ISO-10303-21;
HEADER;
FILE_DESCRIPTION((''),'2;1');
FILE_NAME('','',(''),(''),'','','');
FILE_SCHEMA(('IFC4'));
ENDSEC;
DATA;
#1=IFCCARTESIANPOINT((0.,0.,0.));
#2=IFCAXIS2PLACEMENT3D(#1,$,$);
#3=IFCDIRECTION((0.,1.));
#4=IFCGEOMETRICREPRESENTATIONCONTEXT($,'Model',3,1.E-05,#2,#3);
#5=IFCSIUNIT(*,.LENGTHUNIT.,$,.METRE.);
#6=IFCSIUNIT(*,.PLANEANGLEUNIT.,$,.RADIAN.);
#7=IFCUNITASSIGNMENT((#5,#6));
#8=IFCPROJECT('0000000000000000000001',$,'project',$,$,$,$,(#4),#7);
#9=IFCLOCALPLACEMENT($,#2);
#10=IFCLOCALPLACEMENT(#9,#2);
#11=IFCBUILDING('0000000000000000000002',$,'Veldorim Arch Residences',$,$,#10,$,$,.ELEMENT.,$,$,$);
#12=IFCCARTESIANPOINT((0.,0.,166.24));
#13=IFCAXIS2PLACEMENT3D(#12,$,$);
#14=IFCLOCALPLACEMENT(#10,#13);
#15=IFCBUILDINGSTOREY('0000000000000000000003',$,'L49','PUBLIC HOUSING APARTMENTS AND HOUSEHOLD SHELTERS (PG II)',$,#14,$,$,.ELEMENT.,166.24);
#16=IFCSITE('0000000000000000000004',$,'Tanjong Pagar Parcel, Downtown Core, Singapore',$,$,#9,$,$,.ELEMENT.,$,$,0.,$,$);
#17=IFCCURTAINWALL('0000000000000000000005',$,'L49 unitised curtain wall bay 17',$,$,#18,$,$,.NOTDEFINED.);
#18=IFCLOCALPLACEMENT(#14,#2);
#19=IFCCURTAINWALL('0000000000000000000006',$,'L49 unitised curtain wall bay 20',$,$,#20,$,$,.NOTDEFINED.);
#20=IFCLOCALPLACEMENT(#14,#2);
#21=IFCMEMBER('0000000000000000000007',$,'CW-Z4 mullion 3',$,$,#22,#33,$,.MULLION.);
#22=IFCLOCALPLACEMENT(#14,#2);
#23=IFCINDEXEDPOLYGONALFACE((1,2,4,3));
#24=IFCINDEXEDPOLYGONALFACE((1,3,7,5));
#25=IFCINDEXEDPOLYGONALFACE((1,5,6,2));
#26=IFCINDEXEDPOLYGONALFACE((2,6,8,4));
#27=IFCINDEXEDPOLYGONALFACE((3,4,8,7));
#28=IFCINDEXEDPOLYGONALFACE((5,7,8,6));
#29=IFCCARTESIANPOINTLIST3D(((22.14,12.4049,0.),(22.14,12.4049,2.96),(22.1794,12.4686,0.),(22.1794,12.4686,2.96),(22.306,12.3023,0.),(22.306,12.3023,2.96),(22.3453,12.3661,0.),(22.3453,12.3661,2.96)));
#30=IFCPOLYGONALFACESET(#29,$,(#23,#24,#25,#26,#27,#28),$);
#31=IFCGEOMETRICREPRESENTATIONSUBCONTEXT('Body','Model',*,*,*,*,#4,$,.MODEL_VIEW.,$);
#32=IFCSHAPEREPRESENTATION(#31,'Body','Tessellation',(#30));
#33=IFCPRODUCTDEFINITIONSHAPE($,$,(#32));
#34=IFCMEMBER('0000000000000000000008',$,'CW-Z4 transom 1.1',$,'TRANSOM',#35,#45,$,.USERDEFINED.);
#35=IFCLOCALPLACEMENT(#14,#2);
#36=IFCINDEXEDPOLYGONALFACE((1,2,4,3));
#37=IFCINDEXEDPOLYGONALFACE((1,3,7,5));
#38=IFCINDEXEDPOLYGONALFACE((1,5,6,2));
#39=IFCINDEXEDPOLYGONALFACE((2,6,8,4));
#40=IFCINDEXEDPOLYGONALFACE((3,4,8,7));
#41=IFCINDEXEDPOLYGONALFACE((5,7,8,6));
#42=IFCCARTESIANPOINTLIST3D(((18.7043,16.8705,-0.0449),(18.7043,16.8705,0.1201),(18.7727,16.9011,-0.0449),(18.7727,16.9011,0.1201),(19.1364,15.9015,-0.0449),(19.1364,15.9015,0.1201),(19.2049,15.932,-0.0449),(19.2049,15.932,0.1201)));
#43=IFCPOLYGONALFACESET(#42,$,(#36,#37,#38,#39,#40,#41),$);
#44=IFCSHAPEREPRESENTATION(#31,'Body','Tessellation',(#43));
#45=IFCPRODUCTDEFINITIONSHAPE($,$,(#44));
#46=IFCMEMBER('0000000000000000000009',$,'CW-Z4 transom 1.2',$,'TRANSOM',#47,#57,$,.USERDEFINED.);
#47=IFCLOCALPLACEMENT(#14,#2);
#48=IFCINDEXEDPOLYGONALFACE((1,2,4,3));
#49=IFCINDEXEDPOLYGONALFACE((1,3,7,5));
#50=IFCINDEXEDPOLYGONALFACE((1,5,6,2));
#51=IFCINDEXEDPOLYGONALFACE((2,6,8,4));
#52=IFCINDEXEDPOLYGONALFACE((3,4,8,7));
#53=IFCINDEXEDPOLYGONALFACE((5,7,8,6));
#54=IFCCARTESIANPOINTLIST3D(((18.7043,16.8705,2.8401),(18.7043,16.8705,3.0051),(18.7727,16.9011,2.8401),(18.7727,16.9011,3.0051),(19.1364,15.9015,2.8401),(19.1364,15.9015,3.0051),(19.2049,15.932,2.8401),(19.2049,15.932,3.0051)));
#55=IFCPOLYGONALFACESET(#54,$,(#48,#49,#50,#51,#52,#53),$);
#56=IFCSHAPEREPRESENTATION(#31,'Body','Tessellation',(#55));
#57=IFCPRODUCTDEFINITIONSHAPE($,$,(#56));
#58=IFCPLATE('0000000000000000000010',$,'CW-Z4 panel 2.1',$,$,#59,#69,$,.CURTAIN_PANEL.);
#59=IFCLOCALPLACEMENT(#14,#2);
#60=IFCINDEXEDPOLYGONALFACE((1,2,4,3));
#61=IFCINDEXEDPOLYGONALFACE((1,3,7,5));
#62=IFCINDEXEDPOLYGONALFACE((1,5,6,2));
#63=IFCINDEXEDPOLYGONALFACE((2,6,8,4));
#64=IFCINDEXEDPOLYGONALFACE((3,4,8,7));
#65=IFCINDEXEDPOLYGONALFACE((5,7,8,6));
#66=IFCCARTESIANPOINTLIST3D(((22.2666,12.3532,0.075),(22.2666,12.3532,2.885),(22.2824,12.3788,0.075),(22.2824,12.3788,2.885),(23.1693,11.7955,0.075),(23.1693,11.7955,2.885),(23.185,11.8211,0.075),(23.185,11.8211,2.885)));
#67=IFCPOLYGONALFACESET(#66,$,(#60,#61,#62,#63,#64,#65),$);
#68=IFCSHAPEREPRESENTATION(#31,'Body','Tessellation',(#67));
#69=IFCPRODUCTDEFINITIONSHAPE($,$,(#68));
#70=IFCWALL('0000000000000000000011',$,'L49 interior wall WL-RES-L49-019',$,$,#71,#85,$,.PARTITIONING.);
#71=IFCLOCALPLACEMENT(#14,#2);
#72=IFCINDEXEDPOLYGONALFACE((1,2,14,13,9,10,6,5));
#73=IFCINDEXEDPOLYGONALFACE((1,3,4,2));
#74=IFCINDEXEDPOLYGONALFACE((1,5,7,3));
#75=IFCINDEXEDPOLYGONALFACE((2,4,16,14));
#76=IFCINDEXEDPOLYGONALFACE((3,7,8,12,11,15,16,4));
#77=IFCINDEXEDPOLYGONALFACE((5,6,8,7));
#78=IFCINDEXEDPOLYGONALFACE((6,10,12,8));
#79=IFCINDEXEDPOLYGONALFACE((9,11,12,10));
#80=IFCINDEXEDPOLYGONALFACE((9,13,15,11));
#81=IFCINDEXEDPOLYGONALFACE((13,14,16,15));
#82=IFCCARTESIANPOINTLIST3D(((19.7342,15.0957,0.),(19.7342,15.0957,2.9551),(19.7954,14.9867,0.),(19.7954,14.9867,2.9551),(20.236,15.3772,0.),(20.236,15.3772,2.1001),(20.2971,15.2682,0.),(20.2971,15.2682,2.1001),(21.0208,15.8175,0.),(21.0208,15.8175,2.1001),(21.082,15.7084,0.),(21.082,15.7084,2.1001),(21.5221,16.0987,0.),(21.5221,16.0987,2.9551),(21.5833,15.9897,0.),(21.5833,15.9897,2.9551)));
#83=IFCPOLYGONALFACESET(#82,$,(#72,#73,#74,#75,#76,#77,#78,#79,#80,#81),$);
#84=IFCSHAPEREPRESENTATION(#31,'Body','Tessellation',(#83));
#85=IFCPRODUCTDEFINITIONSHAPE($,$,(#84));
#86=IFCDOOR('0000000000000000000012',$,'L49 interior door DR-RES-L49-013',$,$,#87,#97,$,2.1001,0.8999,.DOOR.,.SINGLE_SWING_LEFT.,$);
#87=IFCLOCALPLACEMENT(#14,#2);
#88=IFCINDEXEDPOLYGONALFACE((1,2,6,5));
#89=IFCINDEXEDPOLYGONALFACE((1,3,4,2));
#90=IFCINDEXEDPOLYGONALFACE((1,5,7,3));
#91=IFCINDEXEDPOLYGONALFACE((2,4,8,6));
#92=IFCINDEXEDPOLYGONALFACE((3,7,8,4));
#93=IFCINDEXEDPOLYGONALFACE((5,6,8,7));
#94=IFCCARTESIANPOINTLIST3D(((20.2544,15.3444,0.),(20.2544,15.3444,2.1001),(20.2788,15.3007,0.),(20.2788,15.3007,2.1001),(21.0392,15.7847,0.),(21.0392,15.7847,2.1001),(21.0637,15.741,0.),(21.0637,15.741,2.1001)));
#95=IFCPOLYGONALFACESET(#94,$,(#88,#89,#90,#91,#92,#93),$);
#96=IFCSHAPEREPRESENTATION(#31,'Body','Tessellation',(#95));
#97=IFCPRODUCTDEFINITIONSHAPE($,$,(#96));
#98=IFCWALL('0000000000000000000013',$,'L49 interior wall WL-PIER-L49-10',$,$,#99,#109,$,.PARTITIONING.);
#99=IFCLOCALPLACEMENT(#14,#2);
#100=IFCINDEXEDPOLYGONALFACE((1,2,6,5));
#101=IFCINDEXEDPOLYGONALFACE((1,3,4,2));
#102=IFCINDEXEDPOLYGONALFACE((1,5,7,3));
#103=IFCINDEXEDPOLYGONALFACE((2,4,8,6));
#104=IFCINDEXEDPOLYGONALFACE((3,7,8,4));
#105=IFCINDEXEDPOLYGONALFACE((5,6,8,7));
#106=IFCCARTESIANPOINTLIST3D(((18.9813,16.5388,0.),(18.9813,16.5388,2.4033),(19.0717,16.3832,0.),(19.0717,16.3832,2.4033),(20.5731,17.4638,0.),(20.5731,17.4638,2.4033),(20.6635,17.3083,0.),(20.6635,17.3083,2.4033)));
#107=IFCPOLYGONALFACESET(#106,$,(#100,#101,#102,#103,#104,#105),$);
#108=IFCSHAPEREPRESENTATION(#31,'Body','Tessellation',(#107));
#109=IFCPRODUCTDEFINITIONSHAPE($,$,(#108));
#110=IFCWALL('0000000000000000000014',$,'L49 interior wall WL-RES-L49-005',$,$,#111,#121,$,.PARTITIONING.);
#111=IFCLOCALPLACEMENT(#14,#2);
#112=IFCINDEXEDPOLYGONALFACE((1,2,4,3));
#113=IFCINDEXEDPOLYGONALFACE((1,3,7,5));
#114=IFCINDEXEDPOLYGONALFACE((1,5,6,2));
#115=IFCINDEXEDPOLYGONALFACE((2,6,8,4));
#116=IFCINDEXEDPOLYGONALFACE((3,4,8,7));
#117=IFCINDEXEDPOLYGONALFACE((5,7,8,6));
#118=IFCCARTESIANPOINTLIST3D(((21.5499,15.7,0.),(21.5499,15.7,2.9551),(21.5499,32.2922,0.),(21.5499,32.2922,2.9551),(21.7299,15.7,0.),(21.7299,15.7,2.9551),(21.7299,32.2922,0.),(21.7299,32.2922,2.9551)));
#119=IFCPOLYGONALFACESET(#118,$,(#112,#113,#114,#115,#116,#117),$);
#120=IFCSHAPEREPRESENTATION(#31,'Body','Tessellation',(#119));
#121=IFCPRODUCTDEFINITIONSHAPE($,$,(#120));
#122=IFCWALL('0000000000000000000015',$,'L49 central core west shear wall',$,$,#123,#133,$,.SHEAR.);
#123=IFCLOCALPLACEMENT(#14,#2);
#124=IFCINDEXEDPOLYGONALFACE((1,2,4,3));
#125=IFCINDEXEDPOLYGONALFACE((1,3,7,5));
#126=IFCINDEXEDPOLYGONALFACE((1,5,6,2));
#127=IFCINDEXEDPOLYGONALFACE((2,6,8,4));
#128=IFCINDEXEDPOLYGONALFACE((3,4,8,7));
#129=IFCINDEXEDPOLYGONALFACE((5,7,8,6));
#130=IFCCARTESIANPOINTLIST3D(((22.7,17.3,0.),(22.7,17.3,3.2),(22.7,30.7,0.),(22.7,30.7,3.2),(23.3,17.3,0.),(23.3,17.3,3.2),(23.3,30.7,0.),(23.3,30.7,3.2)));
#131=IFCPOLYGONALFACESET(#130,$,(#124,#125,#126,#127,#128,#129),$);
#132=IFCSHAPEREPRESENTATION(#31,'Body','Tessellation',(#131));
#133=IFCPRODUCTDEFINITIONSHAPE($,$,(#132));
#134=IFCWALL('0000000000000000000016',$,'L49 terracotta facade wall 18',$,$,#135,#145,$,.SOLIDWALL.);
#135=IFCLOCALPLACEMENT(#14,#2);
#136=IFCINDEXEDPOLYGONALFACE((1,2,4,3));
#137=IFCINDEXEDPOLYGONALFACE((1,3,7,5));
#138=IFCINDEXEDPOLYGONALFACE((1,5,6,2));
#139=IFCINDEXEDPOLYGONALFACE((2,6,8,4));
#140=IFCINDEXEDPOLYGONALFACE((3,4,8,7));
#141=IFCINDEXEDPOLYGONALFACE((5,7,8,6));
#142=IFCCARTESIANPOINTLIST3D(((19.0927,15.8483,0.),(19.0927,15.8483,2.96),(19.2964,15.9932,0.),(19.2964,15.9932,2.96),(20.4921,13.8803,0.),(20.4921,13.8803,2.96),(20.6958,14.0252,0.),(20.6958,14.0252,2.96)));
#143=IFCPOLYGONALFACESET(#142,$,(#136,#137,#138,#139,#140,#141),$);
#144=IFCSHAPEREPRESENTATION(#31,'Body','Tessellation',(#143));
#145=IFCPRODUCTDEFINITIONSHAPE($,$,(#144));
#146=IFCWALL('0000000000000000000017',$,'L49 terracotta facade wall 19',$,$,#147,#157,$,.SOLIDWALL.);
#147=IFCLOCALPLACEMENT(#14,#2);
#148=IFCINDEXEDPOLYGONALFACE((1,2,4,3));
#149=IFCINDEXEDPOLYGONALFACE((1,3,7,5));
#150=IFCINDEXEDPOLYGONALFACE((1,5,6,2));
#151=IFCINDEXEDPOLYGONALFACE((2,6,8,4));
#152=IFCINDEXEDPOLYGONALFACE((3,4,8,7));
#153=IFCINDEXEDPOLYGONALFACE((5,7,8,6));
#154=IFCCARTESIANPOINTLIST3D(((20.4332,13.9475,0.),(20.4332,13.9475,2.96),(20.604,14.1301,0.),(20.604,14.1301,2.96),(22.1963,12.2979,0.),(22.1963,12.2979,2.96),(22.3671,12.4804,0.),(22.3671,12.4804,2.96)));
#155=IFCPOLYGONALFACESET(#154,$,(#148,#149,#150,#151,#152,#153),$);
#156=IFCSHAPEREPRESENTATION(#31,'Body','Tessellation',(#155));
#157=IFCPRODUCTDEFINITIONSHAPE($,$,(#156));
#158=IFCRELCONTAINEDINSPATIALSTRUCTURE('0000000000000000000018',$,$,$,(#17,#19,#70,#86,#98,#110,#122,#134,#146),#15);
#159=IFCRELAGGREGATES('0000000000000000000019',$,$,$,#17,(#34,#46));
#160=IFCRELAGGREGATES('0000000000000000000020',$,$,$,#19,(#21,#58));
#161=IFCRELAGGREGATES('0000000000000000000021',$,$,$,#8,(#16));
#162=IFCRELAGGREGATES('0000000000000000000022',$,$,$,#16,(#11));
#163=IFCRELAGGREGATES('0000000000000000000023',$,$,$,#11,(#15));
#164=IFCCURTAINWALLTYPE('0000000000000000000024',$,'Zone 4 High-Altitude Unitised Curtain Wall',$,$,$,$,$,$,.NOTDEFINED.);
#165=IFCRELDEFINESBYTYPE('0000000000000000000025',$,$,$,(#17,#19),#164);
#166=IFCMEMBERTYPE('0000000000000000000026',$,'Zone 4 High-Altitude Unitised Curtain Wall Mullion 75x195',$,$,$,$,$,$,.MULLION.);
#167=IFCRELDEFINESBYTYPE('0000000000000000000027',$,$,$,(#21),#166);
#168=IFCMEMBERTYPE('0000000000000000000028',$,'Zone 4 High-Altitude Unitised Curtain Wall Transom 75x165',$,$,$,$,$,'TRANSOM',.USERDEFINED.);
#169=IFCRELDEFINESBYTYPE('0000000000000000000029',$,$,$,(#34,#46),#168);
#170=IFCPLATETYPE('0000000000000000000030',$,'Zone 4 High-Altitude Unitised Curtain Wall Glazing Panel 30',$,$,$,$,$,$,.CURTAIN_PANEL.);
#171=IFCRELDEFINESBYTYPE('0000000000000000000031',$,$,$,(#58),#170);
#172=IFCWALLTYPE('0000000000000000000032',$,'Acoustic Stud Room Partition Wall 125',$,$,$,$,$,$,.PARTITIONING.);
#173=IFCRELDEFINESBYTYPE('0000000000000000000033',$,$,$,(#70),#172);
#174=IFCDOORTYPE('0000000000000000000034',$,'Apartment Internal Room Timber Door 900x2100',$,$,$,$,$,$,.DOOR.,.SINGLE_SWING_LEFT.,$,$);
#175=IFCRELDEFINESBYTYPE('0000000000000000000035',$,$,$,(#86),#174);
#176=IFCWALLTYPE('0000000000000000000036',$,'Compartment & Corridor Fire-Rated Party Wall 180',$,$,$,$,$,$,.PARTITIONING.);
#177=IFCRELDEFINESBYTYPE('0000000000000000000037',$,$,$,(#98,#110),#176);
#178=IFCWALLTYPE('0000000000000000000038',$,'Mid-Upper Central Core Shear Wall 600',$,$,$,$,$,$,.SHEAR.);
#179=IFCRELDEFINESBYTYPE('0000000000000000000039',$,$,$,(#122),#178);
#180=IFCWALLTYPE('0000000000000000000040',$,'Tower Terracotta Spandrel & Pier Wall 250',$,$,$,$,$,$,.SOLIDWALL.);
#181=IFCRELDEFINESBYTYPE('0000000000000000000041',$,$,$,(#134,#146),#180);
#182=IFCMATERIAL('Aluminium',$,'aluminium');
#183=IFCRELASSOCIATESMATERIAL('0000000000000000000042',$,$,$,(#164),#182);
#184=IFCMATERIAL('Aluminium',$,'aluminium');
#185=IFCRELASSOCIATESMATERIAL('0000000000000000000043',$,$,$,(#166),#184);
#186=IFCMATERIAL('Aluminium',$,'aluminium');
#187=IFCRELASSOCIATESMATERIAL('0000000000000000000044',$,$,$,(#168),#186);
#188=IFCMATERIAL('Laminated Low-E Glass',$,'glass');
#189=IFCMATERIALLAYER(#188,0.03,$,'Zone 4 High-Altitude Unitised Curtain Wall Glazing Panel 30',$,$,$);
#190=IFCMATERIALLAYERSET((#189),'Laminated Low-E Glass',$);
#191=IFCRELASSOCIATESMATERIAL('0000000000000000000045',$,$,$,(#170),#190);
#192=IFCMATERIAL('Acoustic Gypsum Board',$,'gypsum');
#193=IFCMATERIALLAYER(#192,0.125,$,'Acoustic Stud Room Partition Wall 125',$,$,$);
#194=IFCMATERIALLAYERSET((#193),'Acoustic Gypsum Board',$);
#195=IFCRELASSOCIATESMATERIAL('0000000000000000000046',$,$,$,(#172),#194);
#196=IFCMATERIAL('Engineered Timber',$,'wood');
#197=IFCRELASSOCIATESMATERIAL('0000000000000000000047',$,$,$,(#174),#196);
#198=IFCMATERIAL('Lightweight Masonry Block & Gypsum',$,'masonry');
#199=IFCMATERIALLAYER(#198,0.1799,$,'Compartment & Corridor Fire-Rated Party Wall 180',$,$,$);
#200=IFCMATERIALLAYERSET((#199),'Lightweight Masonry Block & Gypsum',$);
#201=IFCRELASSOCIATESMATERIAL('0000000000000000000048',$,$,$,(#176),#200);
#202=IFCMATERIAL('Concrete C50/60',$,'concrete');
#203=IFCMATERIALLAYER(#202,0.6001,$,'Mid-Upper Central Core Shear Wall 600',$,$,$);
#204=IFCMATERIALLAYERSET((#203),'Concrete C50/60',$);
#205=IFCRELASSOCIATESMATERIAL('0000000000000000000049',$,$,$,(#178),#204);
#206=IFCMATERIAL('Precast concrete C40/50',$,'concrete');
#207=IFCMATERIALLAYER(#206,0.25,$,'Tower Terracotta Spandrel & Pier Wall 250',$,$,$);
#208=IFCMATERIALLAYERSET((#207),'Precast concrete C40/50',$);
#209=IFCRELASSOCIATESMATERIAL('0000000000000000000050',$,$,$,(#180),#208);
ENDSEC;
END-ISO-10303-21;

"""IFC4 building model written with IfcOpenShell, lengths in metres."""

from ifc_helpers import new_model, si_unit, direction, frame, frame_2d, origin, origin_2d, place, context, subcontext, project, spatial, rectangle, extrude, material, layer, layer_set, material_profile, profile_set, type_object, element, fill, aggregate, save


model = new_model("IFC4")

# Units and contexts
model_context = context("Model", 3, precision=1e-05, world=origin(), true_north=direction((0.0, 1.0)))
body_context = subcontext(model_context, "Body", "Model", "MODEL_VIEW")
ifc_project = project(units=[si_unit("LENGTHUNIT", "METRE"), si_unit("PLANEANGLEUNIT", "RADIAN")], contexts=[model_context])

# Site, building, storey
site_placement = place(None, origin())
site = spatial("IfcSite", under=ifc_project, at=site_placement, Name="Tanjong Pagar Parcel, Downtown Core, Singapore", CompositionType="ELEMENT", RefElevation=0.0)
building_placement = place(site_placement, origin())
building = spatial("IfcBuilding", under=site, at=building_placement, Name="Veldorim Arch Residences", CompositionType="ELEMENT")
storey_placement = place(building_placement, frame((0.0, 0.0, 166.24)))
storey = spatial("IfcBuildingStorey", under=building, at=storey_placement, Name="L49", Description="PUBLIC HOUSING APARTMENTS AND HOUSEHOLD SHELTERS (PG II)", CompositionType="ELEMENT", Elevation=166.24)

# Curtain walls, member
ifc_material_1 = material(Name="Aluminium", Category="aluminium")
curtain_wall_type = type_object("IfcCurtainWallType", Name="Zone 4 High-Altitude Unitised Curtain Wall", PredefinedType="NOTDEFINED", material=ifc_material_1)
curtain_wall_1_placement = place(storey_placement, origin())
curtain_wall_1 = element("IfcCurtainWall", 1, at=curtain_wall_1_placement, inside=storey, type_object=curtain_wall_type, Name="L49 unitised curtain wall bay 17", PredefinedType="NOTDEFINED")
ifc_material_2 = material(Name="Aluminium", Category="aluminium")
ifc_material_profile_1 = material_profile(ifc_material_2, rectangle(XDim=0.075, YDim=0.1951, at=origin_2d()), Name="ALU_MUL_75x195")
ifc_profile_set_1 = profile_set([ifc_material_profile_1], Name="Aluminium")
member_type_1 = type_object("IfcMemberType", Name="Zone 4 High-Altitude Unitised Curtain Wall Mullion 75x195", PredefinedType="MULLION", material=ifc_profile_set_1)
curtain_wall_2_placement = place(storey_placement, origin())
curtain_wall_2 = element("IfcCurtainWall", 2, at=curtain_wall_2_placement, inside=storey, type_object=curtain_wall_type, Name="L49 unitised curtain wall bay 20", PredefinedType="NOTDEFINED")
member_1_placement = place(storey_placement, frame((22.2427, 12.3855, 0.0), z_axis=(0.0, 0.0, 1.0), x_axis=(-0.525637, -0.850709, 0.0)))
member_1 = element("IfcMember", 3, at=member_1_placement, type_object=member_type_1, Name="CW-Z4 mullion 3", PredefinedType="MULLION", context=body_context, shape_type="SweptSolid", body=[
    extrude(rectangle(XDim=0.075, YDim=0.1951, at=origin_2d()), origin(), (0.0, 0.0, 1.0), 2.96),
])

# Members
ifc_material_3 = material(Name="Aluminium", Category="aluminium")
ifc_material_profile_2 = material_profile(ifc_material_3, rectangle(XDim=0.075, YDim=0.165, at=origin_2d()), Name="ALU_TRN_75x165")
ifc_profile_set_2 = profile_set([ifc_material_profile_2], Name="Aluminium")
member_type_2 = type_object("IfcMemberType", Name="Zone 4 High-Altitude Unitised Curtain Wall Transom 75x165", ElementType="TRANSOM", PredefinedType="USERDEFINED", material=ifc_profile_set_2)
member_2_placement = place(storey_placement, frame((19.1707, 15.9167, 0.0376), z_axis=(-0.407291, 0.913298, 0.0), x_axis=(-0.913298, -0.407291, 0.0)))
member_2 = element("IfcMember", 4, at=member_2_placement, type_object=member_type_2, Name="CW-Z4 transom 1.1", ObjectType="TRANSOM", PredefinedType="USERDEFINED", context=body_context, shape_type="SweptSolid", body=[
    extrude(rectangle(XDim=0.075, YDim=0.165, at=origin_2d()), origin(), (0.0, 0.0, 1.0), 1.061),
])
member_3_placement = place(storey_placement, frame((19.1707, 15.9167, 2.9226), z_axis=(-0.407291, 0.913298, 0.0), x_axis=(-0.913298, -0.407291, 0.0)))
member_3 = element("IfcMember", 5, at=member_3_placement, type_object=member_type_2, Name="CW-Z4 transom 1.2", ObjectType="TRANSOM", PredefinedType="USERDEFINED", context=body_context, shape_type="SweptSolid", body=[
    extrude(rectangle(XDim=0.075, YDim=0.165, at=origin_2d()), origin(), (0.0, 0.0, 1.0), 1.061),
])
aggregate(curtain_wall_1, [member_2, member_3])

# Plate
ifc_material_4 = material(Name="Laminated Low-E Glass", Category="glass")
ifc_layer_1 = layer(ifc_material_4, 0.03, Name="Zone 4 High-Altitude Unitised Curtain Wall Glazing Panel 30")
ifc_layer_set_1 = layer_set([ifc_layer_1], Name="Laminated Low-E Glass")
plate_type = type_object("IfcPlateType", Name="Zone 4 High-Altitude Unitised Curtain Wall Glazing Panel 30", PredefinedType="CURTAIN_PANEL", material=ifc_layer_set_1)
plate_placement = place(storey_placement, frame((22.7258, 12.0872, 0.075), z_axis=(0.0, 0.0, 1.0), x_axis=(-0.850709, 0.525637, 0.0)))
plate = element("IfcPlate", 6, at=plate_placement, type_object=plate_type, Name="CW-Z4 panel 2.1", PredefinedType="CURTAIN_PANEL", context=body_context, shape_type="SweptSolid", body=[
    extrude(rectangle(XDim=1.061, YDim=0.03, at=origin_2d()), origin(), (0.0, 0.0, 1.0), 2.8101),
])
aggregate(curtain_wall_2, [member_1, plate])

# Wall, opening, door
ifc_material_5 = material(Name="Acoustic Gypsum Board", Category="gypsum")
ifc_layer_2 = layer(ifc_material_5, 0.125, Name="Acoustic Stud Room Partition Wall 125")
ifc_layer_set_2 = layer_set([ifc_layer_2], Name="Acoustic Gypsum Board")
wall_type_1 = type_object("IfcWallType", Name="Acoustic Stud Room Partition Wall 125", PredefinedType="PARTITIONING", material=ifc_layer_set_2)
wall_1_placement = place(storey_placement, frame((19.7649, 15.0413, 0.0), z_axis=(0.0, 0.0, 1.0), x_axis=(0.872144, 0.489249, 0.0)))
wall_1 = element("IfcWall", 7, at=wall_1_placement, inside=storey, type_object=wall_type_1, Name="L49 interior wall WL-RES-L49-019", PredefinedType="PARTITIONING", context=body_context, shape_type="SweptSolid", body=[
    extrude(rectangle(XDim=2.05, YDim=0.125, at=frame_2d((1.0249, 0.0))), origin(), (0.0, 0.0, 1.0), 2.9551),
])
opening_1_placement = place(wall_1_placement, frame((0.5752, 0.0, 0.0)))
opening_1 = element("IfcOpeningElement", 8, at=opening_1_placement, cuts=wall_1, PredefinedType="OPENING", context=body_context, shape_type="SweptSolid", body=[
    extrude(rectangle(XDim=0.8999, YDim=2.1001, at=frame_2d((0.45, 1.05))), frame((0.0, 0.0725, 0.0), z_axis=(0.0, -1.0, 0.0), x_axis=(1.0, 0.0, 0.0)), (0.0, 0.0, 1.0), 0.145),
])
ifc_material_6 = material(Name="Engineered Timber", Category="wood")
door_type_1 = type_object("IfcDoorType", Name="Apartment Internal Room Timber Door 900x2100", OperationType="SINGLE_SWING_LEFT", PredefinedType="DOOR", material=ifc_material_6)
door_1_placement = place(opening_1_placement, origin())
door_1 = element("IfcDoor", 9, at=door_1_placement, inside=storey, type_object=door_type_1, Name="L49 interior door DR-RES-L49-013", OperationType="SINGLE_SWING_LEFT", OverallHeight=2.1001, OverallWidth=0.8999, PredefinedType="DOOR", context=body_context, shape_type="SweptSolid", body=[
    extrude(rectangle(XDim=0.8999, YDim=2.1001, at=frame_2d((0.45, 1.05))), frame((0.0, 0.0249, 0.0), z_axis=(0.0, -1.0, 0.0), x_axis=(1.0, 0.0, 0.0)), (0.0, 0.0, 1.0), 0.05),
])
fill(opening_1, door_1)

# Walls
ifc_material_7 = material(Name="Lightweight Masonry Block & Gypsum", Category="masonry")
ifc_layer_3 = layer(ifc_material_7, 0.1799, Name="Compartment & Corridor Fire-Rated Party Wall 180")
ifc_layer_set_3 = layer_set([ifc_layer_3], Name="Lightweight Masonry Block & Gypsum")
wall_type_2 = type_object("IfcWallType", Name="Compartment & Corridor Fire-Rated Party Wall 180", PredefinedType="PARTITIONING", material=ifc_layer_set_3)
wall_2_placement = place(storey_placement, frame((20.6182, 17.386, 0.0), z_axis=(0.0, 0.0, 1.0), x_axis=(-0.864605, -0.502452, 0.0)))
element("IfcWall", 10, at=wall_2_placement, inside=storey, type_object=wall_type_2, Name="L49 interior wall WL-PIER-L49-10", PredefinedType="PARTITIONING", context=body_context, shape_type="SweptSolid", body=[
    extrude(rectangle(XDim=1.8411, YDim=0.1799, at=frame_2d((0.9204, 0.0))), origin(), (0.0, 0.0, 1.0), 2.4033),
])
wall_3_placement = place(storey_placement, frame((21.6399, 15.7, 0.0), z_axis=(0.0, 0.0, 1.0), x_axis=(0.0, 1.0, 0.0)))
element("IfcWall", 11, at=wall_3_placement, inside=storey, type_object=wall_type_2, Name="L49 interior wall WL-RES-L49-005", PredefinedType="PARTITIONING", context=body_context, shape_type="SweptSolid", body=[
    extrude(rectangle(XDim=16.5923, YDim=0.1799, at=frame_2d((8.2961, 0.0))), origin(), (0.0, 0.0, 1.0), 2.9551),
])

# Shared definitions
ifc_material_8 = material(Name="Concrete C50/60", Category="concrete")
ifc_layer_4 = layer(ifc_material_8, 0.6001, Name="Mid-Upper Central Core Shear Wall 600")
ifc_layer_set_4 = layer_set([ifc_layer_4], Name="Concrete C50/60")
wall_type_3 = type_object("IfcWallType", Name="Mid-Upper Central Core Shear Wall 600", PredefinedType="SHEAR", material=ifc_layer_set_4)

# Walls
wall_4_placement = place(storey_placement, frame((23.0, 17.3, 0.0), z_axis=(0.0, 0.0, 1.0), x_axis=(0.0, 1.0, 0.0)))
element("IfcWall", 12, at=wall_4_placement, inside=storey, type_object=wall_type_3, Name="L49 central core west shear wall", PredefinedType="SHEAR", context=body_context, shape_type="SweptSolid", body=[
    extrude(rectangle(XDim=13.3999, YDim=0.6001, at=frame_2d((6.7, 0.0))), origin(), (0.0, 0.0, 1.0), 3.2),
])
ifc_material_9 = material(Name="Precast concrete C40/50", Category="concrete")
ifc_layer_5 = layer(ifc_material_9, 0.25, Name="Tower Terracotta Spandrel & Pier Wall 250")
ifc_layer_set_5 = layer_set([ifc_layer_5], Name="Precast concrete C40/50")
wall_type_4 = type_object("IfcWallType", Name="Tower Terracotta Spandrel & Pier Wall 250", PredefinedType="SOLIDWALL", material=ifc_layer_set_5)
wall_5_placement = place(storey_placement, frame((20.594, 13.9526, 0.0), z_axis=(0.0, 0.0, 1.0), x_axis=(-0.579506, 0.814968, 0.0)))
element("IfcWall", 13, at=wall_5_placement, inside=storey, type_object=wall_type_4, Name="L49 terracotta facade wall 18", PredefinedType="SOLIDWALL", context=body_context, shape_type="SweptSolid", body=[
    extrude(rectangle(XDim=2.4148, YDim=0.25, at=frame_2d((1.2075, 0.0))), origin(), (0.0, 0.0, 1.0), 2.96),
])
wall_6_placement = place(storey_placement, frame((22.2817, 12.3892, 0.0), z_axis=(0.0, 0.0, 1.0), x_axis=(-0.730224, 0.683208, 0.0)))
element("IfcWall", 14, at=wall_6_placement, inside=storey, type_object=wall_type_4, Name="L49 terracotta facade wall 19", PredefinedType="SOLIDWALL", context=body_context, shape_type="SweptSolid", body=[
    extrude(rectangle(XDim=2.4146, YDim=0.25, at=frame_2d((1.2073, 0.0))), origin(), (0.0, 0.0, 1.0), 2.96),
])

save(model, "model.ifc")
